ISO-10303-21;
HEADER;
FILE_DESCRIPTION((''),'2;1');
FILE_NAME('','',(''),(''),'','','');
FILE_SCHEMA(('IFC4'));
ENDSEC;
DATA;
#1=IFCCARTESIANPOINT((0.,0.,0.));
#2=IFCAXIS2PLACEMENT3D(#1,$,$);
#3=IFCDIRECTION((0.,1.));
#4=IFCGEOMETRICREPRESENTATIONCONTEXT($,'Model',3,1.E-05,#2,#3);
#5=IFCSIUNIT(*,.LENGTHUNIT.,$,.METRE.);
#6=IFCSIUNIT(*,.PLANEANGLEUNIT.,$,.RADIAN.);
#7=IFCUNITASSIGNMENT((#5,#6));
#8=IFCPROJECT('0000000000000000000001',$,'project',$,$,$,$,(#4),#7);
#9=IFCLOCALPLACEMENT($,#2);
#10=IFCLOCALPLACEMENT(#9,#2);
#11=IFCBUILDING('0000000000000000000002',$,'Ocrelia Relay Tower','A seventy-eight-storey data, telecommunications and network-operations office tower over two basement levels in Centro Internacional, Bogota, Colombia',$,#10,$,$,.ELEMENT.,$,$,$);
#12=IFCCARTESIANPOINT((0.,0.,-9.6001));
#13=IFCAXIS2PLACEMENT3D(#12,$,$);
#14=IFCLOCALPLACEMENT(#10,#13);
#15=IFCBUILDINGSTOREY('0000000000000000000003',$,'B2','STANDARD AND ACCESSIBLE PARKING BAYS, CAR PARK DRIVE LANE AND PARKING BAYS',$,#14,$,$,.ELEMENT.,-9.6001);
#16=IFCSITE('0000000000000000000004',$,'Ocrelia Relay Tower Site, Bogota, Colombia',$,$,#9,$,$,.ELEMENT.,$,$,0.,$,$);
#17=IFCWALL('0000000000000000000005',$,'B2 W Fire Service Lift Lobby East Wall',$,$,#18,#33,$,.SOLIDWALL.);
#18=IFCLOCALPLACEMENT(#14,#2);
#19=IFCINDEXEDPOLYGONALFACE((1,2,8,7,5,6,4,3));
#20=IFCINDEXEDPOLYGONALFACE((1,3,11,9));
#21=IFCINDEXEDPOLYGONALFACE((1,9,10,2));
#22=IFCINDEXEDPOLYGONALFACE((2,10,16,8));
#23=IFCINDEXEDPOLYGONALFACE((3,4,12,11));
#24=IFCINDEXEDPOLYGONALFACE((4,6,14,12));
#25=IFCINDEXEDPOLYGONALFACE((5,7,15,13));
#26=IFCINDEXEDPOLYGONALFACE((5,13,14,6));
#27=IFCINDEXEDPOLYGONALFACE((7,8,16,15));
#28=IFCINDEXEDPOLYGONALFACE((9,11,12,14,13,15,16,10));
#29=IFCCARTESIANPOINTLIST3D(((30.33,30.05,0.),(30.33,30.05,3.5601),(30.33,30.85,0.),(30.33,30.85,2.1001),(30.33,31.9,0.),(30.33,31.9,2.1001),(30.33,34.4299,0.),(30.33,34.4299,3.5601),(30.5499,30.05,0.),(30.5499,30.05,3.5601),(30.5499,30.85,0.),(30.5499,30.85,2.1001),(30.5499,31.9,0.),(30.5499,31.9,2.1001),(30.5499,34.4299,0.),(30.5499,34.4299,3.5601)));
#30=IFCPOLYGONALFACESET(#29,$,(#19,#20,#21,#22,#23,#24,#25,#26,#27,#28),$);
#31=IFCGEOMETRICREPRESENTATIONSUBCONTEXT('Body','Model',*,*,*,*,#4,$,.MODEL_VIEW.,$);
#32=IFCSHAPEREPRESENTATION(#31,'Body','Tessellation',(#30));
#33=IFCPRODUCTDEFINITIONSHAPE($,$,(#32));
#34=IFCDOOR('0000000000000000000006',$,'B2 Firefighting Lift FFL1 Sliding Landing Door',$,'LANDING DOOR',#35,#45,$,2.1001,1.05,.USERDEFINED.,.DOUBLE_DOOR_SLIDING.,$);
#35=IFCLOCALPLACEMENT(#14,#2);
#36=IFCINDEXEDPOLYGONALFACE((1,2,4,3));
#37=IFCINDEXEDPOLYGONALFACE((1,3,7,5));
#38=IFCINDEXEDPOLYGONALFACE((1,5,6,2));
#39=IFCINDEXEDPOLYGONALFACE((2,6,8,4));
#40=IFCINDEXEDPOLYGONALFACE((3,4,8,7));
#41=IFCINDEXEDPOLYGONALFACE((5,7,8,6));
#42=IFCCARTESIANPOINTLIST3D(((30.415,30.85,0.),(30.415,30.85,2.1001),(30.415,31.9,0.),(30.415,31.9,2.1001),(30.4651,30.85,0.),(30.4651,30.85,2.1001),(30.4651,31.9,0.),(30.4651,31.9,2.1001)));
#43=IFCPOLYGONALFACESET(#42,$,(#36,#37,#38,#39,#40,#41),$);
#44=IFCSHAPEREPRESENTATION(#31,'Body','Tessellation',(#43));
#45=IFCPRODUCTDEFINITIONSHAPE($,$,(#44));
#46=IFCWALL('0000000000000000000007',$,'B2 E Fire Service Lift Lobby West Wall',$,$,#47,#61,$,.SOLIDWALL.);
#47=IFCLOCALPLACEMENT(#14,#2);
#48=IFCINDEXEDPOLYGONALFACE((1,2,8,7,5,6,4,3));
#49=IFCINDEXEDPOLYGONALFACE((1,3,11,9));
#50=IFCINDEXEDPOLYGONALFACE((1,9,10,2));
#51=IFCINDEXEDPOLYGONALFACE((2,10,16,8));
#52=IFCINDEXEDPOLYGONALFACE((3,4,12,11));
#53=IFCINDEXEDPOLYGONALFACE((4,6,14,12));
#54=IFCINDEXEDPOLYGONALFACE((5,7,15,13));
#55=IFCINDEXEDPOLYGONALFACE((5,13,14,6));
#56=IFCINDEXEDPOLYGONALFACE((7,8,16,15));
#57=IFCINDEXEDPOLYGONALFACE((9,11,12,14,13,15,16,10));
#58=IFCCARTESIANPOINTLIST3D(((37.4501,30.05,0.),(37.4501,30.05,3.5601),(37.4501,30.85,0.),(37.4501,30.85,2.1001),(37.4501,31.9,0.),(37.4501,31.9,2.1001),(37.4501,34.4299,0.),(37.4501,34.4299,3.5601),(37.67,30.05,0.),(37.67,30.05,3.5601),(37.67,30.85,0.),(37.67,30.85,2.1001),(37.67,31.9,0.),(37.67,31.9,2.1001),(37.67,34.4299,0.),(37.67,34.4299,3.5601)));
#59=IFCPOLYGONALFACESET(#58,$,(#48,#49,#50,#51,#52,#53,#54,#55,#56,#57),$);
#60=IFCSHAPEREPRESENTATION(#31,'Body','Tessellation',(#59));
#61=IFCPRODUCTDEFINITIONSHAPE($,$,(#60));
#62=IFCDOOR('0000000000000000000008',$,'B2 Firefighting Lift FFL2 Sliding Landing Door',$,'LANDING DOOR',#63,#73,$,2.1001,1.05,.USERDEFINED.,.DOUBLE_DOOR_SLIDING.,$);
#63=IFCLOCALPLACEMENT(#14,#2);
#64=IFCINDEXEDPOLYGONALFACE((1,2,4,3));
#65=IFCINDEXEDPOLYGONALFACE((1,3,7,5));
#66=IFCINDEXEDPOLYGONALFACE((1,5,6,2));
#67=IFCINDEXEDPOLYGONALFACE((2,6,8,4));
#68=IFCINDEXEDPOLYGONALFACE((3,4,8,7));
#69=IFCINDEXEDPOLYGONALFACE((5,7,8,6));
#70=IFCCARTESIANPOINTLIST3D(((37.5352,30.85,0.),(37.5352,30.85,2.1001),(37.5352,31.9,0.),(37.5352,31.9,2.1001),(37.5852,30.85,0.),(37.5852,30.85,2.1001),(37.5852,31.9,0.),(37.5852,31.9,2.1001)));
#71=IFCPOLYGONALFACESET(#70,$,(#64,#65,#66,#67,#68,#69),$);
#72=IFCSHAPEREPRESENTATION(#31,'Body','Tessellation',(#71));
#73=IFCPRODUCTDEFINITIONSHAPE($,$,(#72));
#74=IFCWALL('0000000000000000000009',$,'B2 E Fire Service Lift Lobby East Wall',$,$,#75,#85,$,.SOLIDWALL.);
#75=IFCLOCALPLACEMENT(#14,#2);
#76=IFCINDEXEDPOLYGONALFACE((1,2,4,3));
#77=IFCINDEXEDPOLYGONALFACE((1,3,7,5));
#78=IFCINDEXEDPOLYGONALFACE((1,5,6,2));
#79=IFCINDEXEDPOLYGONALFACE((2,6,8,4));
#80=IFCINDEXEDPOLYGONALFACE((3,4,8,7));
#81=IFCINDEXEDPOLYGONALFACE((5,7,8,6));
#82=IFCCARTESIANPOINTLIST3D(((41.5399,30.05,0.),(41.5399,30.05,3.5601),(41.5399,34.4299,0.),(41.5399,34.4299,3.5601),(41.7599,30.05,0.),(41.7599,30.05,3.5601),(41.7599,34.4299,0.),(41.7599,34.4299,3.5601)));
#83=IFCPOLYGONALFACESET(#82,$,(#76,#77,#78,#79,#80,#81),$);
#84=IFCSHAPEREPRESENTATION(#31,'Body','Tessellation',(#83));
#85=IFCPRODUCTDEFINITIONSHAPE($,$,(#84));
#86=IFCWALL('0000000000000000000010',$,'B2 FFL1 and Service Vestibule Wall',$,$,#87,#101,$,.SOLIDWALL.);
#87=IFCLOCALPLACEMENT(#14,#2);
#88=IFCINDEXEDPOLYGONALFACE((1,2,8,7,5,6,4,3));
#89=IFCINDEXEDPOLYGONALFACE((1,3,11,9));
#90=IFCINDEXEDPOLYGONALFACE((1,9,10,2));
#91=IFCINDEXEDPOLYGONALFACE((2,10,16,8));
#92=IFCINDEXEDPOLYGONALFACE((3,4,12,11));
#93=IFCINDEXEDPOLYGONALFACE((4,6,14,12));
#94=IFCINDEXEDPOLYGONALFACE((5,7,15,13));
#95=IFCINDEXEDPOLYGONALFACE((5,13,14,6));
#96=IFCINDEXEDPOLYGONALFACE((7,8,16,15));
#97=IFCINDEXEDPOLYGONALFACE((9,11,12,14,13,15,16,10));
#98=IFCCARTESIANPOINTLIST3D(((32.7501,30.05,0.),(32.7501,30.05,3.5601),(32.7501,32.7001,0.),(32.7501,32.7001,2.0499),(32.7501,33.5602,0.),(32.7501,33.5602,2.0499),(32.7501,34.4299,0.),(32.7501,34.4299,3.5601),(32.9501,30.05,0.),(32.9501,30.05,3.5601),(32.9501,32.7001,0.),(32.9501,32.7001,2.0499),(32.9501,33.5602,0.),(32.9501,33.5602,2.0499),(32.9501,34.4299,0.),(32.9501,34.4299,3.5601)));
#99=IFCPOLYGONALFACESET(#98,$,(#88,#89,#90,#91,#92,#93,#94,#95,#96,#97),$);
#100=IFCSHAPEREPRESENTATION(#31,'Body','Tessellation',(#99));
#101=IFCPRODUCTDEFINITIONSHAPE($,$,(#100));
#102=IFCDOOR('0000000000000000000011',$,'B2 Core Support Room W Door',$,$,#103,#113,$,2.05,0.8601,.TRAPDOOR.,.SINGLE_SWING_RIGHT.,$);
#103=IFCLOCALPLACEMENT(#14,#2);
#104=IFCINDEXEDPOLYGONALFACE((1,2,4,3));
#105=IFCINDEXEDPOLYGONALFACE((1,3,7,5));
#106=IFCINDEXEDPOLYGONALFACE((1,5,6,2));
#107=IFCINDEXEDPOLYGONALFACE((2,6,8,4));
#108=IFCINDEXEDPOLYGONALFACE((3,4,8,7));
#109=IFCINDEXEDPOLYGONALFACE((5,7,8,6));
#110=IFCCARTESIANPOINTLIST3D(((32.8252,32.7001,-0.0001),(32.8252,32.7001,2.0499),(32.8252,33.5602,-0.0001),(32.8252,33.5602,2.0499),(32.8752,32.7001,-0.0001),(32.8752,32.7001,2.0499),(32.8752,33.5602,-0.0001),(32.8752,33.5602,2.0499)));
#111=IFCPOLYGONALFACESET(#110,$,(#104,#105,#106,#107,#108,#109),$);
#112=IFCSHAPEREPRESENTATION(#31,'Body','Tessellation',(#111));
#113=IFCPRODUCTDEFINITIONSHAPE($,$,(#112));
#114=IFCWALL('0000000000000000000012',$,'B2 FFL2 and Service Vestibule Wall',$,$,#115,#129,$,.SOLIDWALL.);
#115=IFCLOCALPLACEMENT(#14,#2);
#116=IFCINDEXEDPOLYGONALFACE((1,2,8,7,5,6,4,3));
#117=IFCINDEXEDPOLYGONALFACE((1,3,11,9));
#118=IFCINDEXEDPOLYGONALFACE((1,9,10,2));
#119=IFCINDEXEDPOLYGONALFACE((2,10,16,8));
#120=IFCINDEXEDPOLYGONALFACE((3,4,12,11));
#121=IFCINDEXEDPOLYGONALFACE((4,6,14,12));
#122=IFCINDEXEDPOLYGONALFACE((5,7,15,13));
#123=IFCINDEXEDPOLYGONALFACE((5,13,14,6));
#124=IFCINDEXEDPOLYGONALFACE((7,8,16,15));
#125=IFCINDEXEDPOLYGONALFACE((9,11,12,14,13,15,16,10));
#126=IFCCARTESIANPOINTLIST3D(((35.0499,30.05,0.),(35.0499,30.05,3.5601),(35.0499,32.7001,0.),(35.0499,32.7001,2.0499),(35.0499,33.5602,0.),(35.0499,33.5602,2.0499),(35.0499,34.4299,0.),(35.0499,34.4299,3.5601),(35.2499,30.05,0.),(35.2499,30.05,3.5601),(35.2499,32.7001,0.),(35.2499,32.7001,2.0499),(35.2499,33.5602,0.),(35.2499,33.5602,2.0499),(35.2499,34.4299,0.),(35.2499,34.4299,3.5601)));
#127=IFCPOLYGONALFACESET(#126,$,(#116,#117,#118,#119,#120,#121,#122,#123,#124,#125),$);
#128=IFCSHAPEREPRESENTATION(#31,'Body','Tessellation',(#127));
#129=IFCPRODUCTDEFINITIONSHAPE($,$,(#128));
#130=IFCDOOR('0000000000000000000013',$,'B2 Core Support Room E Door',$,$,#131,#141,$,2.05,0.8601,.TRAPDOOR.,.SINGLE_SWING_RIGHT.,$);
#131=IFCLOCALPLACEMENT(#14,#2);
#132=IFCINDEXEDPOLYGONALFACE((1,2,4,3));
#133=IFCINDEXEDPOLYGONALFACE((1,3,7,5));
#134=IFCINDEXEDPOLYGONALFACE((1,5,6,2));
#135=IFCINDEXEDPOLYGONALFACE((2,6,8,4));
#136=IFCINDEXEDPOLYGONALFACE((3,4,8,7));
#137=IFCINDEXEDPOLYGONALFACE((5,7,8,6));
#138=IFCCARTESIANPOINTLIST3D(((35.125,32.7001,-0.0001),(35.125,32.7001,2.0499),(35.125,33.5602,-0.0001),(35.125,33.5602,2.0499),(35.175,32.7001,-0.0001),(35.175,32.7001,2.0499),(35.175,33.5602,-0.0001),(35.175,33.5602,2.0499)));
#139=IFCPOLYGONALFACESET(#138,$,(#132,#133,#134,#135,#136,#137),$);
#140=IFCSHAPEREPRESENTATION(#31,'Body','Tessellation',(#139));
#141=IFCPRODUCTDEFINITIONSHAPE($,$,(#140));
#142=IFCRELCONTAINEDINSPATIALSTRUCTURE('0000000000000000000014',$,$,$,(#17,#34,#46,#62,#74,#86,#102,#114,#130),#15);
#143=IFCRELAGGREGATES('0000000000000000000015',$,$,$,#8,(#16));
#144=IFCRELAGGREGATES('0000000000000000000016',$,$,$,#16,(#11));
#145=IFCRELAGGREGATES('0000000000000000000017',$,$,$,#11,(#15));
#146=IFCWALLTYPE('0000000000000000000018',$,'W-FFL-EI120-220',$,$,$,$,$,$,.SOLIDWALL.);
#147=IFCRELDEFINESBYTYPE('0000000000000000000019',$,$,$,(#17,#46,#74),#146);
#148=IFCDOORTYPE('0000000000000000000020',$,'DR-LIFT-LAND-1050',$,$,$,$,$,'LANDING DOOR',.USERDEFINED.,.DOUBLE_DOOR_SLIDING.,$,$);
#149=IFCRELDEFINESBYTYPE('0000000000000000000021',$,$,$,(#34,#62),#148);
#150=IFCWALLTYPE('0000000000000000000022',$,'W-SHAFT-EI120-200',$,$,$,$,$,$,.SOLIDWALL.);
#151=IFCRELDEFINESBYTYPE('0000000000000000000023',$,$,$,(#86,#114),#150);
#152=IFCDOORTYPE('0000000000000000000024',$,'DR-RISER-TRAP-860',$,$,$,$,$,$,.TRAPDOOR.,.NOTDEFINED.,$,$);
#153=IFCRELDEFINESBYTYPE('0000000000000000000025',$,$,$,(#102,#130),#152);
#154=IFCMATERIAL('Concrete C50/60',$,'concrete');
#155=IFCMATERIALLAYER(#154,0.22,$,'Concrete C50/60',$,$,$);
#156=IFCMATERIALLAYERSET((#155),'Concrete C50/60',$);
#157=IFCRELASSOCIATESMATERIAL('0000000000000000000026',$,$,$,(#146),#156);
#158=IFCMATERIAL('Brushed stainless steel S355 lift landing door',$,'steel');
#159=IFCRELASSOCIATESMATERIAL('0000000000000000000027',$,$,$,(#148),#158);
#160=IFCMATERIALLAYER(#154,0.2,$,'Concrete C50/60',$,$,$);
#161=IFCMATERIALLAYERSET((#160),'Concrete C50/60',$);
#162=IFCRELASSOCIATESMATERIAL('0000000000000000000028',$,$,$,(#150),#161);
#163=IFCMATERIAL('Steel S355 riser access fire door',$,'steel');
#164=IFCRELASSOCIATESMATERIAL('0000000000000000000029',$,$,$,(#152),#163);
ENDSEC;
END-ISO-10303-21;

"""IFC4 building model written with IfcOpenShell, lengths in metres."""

from ifc_helpers import new_model, si_unit, direction, frame, frame_2d, origin, place, context, subcontext, project, spatial, rectangle, extrude, material, layer, layer_set, type_object, element, fill, save


model = new_model("IFC4")

# Units and contexts
model_context = context("Model", 3, precision=1e-05, world=origin(), true_north=direction((0.0, 1.0)))
body_context = subcontext(model_context, "Body", "Model", "MODEL_VIEW")
ifc_project = project(units=[si_unit("LENGTHUNIT", "METRE"), si_unit("PLANEANGLEUNIT", "RADIAN")], contexts=[model_context])

# Site, building, storey
site_placement = place(None, origin())
site = spatial("IfcSite", under=ifc_project, at=site_placement, Name="Ocrelia Relay Tower Site, Bogota, Colombia", CompositionType="ELEMENT", RefElevation=0.0)
building_placement = place(site_placement, origin())
building = spatial("IfcBuilding", under=site, at=building_placement, Name="Ocrelia Relay Tower", Description="A seventy-eight-storey data, telecommunications and network-operations office tower over two basement levels in Centro Internacional, Bogota, Colombia", CompositionType="ELEMENT")
storey_placement = place(building_placement, frame((0.0, 0.0, -9.6001)))
storey = spatial("IfcBuildingStorey", under=building, at=storey_placement, Name="B2", Description="STANDARD AND ACCESSIBLE PARKING BAYS, CAR PARK DRIVE LANE AND PARKING BAYS", CompositionType="ELEMENT", Elevation=-9.6001)

# Shared definitions
ifc_material_1 = material(Name="Concrete C50/60", Category="concrete")

# Walls, openings, doors
ifc_layer_1 = layer(ifc_material_1, 0.22, Name="Concrete C50/60")
ifc_layer_set_1 = layer_set([ifc_layer_1], Name="Concrete C50/60")
wall_type_1 = type_object("IfcWallType", Name="W-FFL-EI120-220", PredefinedType="SOLIDWALL", material=ifc_layer_set_1)
wall_1_placement = place(storey_placement, frame((30.4399, 30.05, 0.0), z_axis=(0.0, 0.0, 1.0), x_axis=(0.0, 1.0, 0.0)))
wall_1 = element("IfcWall", 1, at=wall_1_placement, inside=storey, type_object=wall_type_1, Name="B2 W Fire Service Lift Lobby East Wall", PredefinedType="SOLIDWALL", context=body_context, shape_type="SweptSolid", body=[
    extrude(rectangle(XDim=4.3799, YDim=0.22, at=frame_2d((2.1899, 0.0))), origin(), (0.0, 0.0, 1.0), 3.5601),
])
opening_1_placement = place(wall_1_placement, frame((0.8, 0.0, 0.0)))
opening_1 = element("IfcOpeningElement", 2, at=opening_1_placement, cuts=wall_1, PredefinedType="OPENING", context=body_context, shape_type="SweptSolid", body=[
    extrude(rectangle(XDim=1.05, YDim=2.1001, at=frame_2d((0.5249, 1.05))), frame((0.0, 0.1201, 0.0), z_axis=(0.0, -1.0, 0.0), x_axis=(1.0, 0.0, 0.0)), (0.0, 0.0, 1.0), 0.24),
])
ifc_material_2 = material(Name="Brushed stainless steel S355 lift landing door", Category="steel")
door_type_1 = type_object("IfcDoorType", Name="DR-LIFT-LAND-1050", ElementType="LANDING DOOR", OperationType="DOUBLE_DOOR_SLIDING", PredefinedType="USERDEFINED", material=ifc_material_2)
door_1_placement = place(opening_1_placement, origin())
door_1 = element("IfcDoor", 3, at=door_1_placement, inside=storey, type_object=door_type_1, Name="B2 Firefighting Lift FFL1 Sliding Landing Door", ObjectType="LANDING DOOR", OperationType="DOUBLE_DOOR_SLIDING", OverallHeight=2.1001, OverallWidth=1.05, PredefinedType="USERDEFINED", context=body_context, shape_type="SweptSolid", body=[
    extrude(rectangle(XDim=1.05, YDim=2.1001, at=frame_2d((0.5249, 1.05))), frame((0.0, 0.0249, 0.0), z_axis=(0.0, -1.0, 0.0), x_axis=(1.0, 0.0, 0.0)), (0.0, 0.0, 1.0), 0.05),
])
fill(opening_1, door_1)
wall_2_placement = place(storey_placement, frame((37.5601, 30.05, 0.0), z_axis=(0.0, 0.0, 1.0), x_axis=(0.0, 1.0, 0.0)))
wall_2 = element("IfcWall", 4, at=wall_2_placement, inside=storey, type_object=wall_type_1, Name="B2 E Fire Service Lift Lobby West Wall", PredefinedType="SOLIDWALL", context=body_context, shape_type="SweptSolid", body=[
    extrude(rectangle(XDim=4.3799, YDim=0.22, at=frame_2d((2.1899, 0.0))), origin(), (0.0, 0.0, 1.0), 3.5601),
])
opening_2_placement = place(wall_2_placement, frame((0.8, 0.0, 0.0)))
opening_2 = element("IfcOpeningElement", 5, at=opening_2_placement, cuts=wall_2, PredefinedType="OPENING", context=body_context, shape_type="SweptSolid", body=[
    extrude(rectangle(XDim=1.05, YDim=2.1001, at=frame_2d((0.5249, 1.05))), frame((0.0, 0.1201, 0.0), z_axis=(0.0, -1.0, 0.0), x_axis=(1.0, 0.0, 0.0)), (0.0, 0.0, 1.0), 0.24),
])
door_2_placement = place(opening_2_placement, origin())
door_2 = element("IfcDoor", 6, at=door_2_placement, inside=storey, type_object=door_type_1, Name="B2 Firefighting Lift FFL2 Sliding Landing Door", ObjectType="LANDING DOOR", OperationType="DOUBLE_DOOR_SLIDING", OverallHeight=2.1001, OverallWidth=1.05, PredefinedType="USERDEFINED", context=body_context, shape_type="SweptSolid", body=[
    extrude(rectangle(XDim=1.05, YDim=2.1001, at=frame_2d((0.5249, 1.05))), frame((0.0, 0.0249, 0.0), z_axis=(0.0, -1.0, 0.0), x_axis=(1.0, 0.0, 0.0)), (0.0, 0.0, 1.0), 0.05),
])
fill(opening_2, door_2)

# Wall
wall_3_placement = place(storey_placement, frame((41.6499, 30.05, 0.0), z_axis=(0.0, 0.0, 1.0), x_axis=(0.0, 1.0, 0.0)))
element("IfcWall", 7, at=wall_3_placement, inside=storey, type_object=wall_type_1, Name="B2 E Fire Service Lift Lobby East Wall", PredefinedType="SOLIDWALL", context=body_context, shape_type="SweptSolid", body=[
    extrude(rectangle(XDim=4.3799, YDim=0.22, at=frame_2d((2.1899, 0.0))), origin(), (0.0, 0.0, 1.0), 3.5601),
])

# Walls, openings, doors
ifc_layer_2 = layer(ifc_material_1, 0.2, Name="Concrete C50/60")
ifc_layer_set_2 = layer_set([ifc_layer_2], Name="Concrete C50/60")
wall_type_2 = type_object("IfcWallType", Name="W-SHAFT-EI120-200", PredefinedType="SOLIDWALL", material=ifc_layer_set_2)
wall_4_placement = place(storey_placement, frame((32.8501, 30.05, 0.0), z_axis=(0.0, 0.0, 1.0), x_axis=(0.0, 1.0, 0.0)))
wall_4 = element("IfcWall", 8, at=wall_4_placement, inside=storey, type_object=wall_type_2, Name="B2 FFL1 and Service Vestibule Wall", PredefinedType="SOLIDWALL", context=body_context, shape_type="SweptSolid", body=[
    extrude(rectangle(XDim=4.3799, YDim=0.2, at=frame_2d((2.1899, 0.0))), origin(), (0.0, 0.0, 1.0), 3.5601),
])
opening_3_placement = place(wall_4_placement, frame((2.6499, 0.0, 0.0)))
opening_3 = element("IfcOpeningElement", 9, at=opening_3_placement, cuts=wall_4, PredefinedType="OPENING", context=body_context, shape_type="SweptSolid", body=[
    extrude(rectangle(XDim=0.8601, YDim=2.05, at=frame_2d((0.4302, 1.0249))), frame((0.0, 0.1099, 0.0), z_axis=(0.0, -1.0, 0.0), x_axis=(1.0, 0.0, 0.0)), (0.0, 0.0, 1.0), 0.22),
])
ifc_material_3 = material(Name="Steel S355 riser access fire door", Category="steel")
door_type_2 = type_object("IfcDoorType", Name="DR-RISER-TRAP-860", OperationType="NOTDEFINED", PredefinedType="TRAPDOOR", material=ifc_material_3)
door_3_placement = place(opening_3_placement, origin())
door_3 = element("IfcDoor", 10, at=door_3_placement, inside=storey, type_object=door_type_2, Name="B2 Core Support Room W Door", OperationType="SINGLE_SWING_RIGHT", OverallHeight=2.05, OverallWidth=0.8601, PredefinedType="TRAPDOOR", context=body_context, shape_type="SweptSolid", body=[
    extrude(rectangle(XDim=0.8601, YDim=2.05, at=frame_2d((0.4302, 1.0249))), frame((0.0, 0.0249, 0.0), z_axis=(0.0, -1.0, 0.0), x_axis=(1.0, 0.0, 0.0)), (0.0, 0.0, 1.0), 0.05),
])
fill(opening_3, door_3)
wall_5_placement = place(storey_placement, frame((35.1499, 30.05, 0.0), z_axis=(0.0, 0.0, 1.0), x_axis=(0.0, 1.0, 0.0)))
wall_5 = element("IfcWall", 11, at=wall_5_placement, inside=storey, type_object=wall_type_2, Name="B2 FFL2 and Service Vestibule Wall", PredefinedType="SOLIDWALL", context=body_context, shape_type="SweptSolid", body=[
    extrude(rectangle(XDim=4.3799, YDim=0.2, at=frame_2d((2.1899, 0.0))), origin(), (0.0, 0.0, 1.0), 3.5601),
])
opening_4_placement = place(wall_5_placement, frame((2.6499, 0.0, 0.0)))
opening_4 = element("IfcOpeningElement", 12, at=opening_4_placement, cuts=wall_5, PredefinedType="OPENING", context=body_context, shape_type="SweptSolid", body=[
    extrude(rectangle(XDim=0.8601, YDim=2.05, at=frame_2d((0.4302, 1.0249))), frame((0.0, 0.1099, 0.0), z_axis=(0.0, -1.0, 0.0), x_axis=(1.0, 0.0, 0.0)), (0.0, 0.0, 1.0), 0.22),
])
door_4_placement = place(opening_4_placement, origin())
door_4 = element("IfcDoor", 13, at=door_4_placement, inside=storey, type_object=door_type_2, Name="B2 Core Support Room E Door", OperationType="SINGLE_SWING_RIGHT", OverallHeight=2.05, OverallWidth=0.8601, PredefinedType="TRAPDOOR", context=body_context, shape_type="SweptSolid", body=[
    extrude(rectangle(XDim=0.8601, YDim=2.05, at=frame_2d((0.4302, 1.0249))), frame((0.0, 0.0249, 0.0), z_axis=(0.0, -1.0, 0.0), x_axis=(1.0, 0.0, 0.0)), (0.0, 0.0, 1.0), 0.05),
])
fill(opening_4, door_4)

save(model, "model.ifc")
